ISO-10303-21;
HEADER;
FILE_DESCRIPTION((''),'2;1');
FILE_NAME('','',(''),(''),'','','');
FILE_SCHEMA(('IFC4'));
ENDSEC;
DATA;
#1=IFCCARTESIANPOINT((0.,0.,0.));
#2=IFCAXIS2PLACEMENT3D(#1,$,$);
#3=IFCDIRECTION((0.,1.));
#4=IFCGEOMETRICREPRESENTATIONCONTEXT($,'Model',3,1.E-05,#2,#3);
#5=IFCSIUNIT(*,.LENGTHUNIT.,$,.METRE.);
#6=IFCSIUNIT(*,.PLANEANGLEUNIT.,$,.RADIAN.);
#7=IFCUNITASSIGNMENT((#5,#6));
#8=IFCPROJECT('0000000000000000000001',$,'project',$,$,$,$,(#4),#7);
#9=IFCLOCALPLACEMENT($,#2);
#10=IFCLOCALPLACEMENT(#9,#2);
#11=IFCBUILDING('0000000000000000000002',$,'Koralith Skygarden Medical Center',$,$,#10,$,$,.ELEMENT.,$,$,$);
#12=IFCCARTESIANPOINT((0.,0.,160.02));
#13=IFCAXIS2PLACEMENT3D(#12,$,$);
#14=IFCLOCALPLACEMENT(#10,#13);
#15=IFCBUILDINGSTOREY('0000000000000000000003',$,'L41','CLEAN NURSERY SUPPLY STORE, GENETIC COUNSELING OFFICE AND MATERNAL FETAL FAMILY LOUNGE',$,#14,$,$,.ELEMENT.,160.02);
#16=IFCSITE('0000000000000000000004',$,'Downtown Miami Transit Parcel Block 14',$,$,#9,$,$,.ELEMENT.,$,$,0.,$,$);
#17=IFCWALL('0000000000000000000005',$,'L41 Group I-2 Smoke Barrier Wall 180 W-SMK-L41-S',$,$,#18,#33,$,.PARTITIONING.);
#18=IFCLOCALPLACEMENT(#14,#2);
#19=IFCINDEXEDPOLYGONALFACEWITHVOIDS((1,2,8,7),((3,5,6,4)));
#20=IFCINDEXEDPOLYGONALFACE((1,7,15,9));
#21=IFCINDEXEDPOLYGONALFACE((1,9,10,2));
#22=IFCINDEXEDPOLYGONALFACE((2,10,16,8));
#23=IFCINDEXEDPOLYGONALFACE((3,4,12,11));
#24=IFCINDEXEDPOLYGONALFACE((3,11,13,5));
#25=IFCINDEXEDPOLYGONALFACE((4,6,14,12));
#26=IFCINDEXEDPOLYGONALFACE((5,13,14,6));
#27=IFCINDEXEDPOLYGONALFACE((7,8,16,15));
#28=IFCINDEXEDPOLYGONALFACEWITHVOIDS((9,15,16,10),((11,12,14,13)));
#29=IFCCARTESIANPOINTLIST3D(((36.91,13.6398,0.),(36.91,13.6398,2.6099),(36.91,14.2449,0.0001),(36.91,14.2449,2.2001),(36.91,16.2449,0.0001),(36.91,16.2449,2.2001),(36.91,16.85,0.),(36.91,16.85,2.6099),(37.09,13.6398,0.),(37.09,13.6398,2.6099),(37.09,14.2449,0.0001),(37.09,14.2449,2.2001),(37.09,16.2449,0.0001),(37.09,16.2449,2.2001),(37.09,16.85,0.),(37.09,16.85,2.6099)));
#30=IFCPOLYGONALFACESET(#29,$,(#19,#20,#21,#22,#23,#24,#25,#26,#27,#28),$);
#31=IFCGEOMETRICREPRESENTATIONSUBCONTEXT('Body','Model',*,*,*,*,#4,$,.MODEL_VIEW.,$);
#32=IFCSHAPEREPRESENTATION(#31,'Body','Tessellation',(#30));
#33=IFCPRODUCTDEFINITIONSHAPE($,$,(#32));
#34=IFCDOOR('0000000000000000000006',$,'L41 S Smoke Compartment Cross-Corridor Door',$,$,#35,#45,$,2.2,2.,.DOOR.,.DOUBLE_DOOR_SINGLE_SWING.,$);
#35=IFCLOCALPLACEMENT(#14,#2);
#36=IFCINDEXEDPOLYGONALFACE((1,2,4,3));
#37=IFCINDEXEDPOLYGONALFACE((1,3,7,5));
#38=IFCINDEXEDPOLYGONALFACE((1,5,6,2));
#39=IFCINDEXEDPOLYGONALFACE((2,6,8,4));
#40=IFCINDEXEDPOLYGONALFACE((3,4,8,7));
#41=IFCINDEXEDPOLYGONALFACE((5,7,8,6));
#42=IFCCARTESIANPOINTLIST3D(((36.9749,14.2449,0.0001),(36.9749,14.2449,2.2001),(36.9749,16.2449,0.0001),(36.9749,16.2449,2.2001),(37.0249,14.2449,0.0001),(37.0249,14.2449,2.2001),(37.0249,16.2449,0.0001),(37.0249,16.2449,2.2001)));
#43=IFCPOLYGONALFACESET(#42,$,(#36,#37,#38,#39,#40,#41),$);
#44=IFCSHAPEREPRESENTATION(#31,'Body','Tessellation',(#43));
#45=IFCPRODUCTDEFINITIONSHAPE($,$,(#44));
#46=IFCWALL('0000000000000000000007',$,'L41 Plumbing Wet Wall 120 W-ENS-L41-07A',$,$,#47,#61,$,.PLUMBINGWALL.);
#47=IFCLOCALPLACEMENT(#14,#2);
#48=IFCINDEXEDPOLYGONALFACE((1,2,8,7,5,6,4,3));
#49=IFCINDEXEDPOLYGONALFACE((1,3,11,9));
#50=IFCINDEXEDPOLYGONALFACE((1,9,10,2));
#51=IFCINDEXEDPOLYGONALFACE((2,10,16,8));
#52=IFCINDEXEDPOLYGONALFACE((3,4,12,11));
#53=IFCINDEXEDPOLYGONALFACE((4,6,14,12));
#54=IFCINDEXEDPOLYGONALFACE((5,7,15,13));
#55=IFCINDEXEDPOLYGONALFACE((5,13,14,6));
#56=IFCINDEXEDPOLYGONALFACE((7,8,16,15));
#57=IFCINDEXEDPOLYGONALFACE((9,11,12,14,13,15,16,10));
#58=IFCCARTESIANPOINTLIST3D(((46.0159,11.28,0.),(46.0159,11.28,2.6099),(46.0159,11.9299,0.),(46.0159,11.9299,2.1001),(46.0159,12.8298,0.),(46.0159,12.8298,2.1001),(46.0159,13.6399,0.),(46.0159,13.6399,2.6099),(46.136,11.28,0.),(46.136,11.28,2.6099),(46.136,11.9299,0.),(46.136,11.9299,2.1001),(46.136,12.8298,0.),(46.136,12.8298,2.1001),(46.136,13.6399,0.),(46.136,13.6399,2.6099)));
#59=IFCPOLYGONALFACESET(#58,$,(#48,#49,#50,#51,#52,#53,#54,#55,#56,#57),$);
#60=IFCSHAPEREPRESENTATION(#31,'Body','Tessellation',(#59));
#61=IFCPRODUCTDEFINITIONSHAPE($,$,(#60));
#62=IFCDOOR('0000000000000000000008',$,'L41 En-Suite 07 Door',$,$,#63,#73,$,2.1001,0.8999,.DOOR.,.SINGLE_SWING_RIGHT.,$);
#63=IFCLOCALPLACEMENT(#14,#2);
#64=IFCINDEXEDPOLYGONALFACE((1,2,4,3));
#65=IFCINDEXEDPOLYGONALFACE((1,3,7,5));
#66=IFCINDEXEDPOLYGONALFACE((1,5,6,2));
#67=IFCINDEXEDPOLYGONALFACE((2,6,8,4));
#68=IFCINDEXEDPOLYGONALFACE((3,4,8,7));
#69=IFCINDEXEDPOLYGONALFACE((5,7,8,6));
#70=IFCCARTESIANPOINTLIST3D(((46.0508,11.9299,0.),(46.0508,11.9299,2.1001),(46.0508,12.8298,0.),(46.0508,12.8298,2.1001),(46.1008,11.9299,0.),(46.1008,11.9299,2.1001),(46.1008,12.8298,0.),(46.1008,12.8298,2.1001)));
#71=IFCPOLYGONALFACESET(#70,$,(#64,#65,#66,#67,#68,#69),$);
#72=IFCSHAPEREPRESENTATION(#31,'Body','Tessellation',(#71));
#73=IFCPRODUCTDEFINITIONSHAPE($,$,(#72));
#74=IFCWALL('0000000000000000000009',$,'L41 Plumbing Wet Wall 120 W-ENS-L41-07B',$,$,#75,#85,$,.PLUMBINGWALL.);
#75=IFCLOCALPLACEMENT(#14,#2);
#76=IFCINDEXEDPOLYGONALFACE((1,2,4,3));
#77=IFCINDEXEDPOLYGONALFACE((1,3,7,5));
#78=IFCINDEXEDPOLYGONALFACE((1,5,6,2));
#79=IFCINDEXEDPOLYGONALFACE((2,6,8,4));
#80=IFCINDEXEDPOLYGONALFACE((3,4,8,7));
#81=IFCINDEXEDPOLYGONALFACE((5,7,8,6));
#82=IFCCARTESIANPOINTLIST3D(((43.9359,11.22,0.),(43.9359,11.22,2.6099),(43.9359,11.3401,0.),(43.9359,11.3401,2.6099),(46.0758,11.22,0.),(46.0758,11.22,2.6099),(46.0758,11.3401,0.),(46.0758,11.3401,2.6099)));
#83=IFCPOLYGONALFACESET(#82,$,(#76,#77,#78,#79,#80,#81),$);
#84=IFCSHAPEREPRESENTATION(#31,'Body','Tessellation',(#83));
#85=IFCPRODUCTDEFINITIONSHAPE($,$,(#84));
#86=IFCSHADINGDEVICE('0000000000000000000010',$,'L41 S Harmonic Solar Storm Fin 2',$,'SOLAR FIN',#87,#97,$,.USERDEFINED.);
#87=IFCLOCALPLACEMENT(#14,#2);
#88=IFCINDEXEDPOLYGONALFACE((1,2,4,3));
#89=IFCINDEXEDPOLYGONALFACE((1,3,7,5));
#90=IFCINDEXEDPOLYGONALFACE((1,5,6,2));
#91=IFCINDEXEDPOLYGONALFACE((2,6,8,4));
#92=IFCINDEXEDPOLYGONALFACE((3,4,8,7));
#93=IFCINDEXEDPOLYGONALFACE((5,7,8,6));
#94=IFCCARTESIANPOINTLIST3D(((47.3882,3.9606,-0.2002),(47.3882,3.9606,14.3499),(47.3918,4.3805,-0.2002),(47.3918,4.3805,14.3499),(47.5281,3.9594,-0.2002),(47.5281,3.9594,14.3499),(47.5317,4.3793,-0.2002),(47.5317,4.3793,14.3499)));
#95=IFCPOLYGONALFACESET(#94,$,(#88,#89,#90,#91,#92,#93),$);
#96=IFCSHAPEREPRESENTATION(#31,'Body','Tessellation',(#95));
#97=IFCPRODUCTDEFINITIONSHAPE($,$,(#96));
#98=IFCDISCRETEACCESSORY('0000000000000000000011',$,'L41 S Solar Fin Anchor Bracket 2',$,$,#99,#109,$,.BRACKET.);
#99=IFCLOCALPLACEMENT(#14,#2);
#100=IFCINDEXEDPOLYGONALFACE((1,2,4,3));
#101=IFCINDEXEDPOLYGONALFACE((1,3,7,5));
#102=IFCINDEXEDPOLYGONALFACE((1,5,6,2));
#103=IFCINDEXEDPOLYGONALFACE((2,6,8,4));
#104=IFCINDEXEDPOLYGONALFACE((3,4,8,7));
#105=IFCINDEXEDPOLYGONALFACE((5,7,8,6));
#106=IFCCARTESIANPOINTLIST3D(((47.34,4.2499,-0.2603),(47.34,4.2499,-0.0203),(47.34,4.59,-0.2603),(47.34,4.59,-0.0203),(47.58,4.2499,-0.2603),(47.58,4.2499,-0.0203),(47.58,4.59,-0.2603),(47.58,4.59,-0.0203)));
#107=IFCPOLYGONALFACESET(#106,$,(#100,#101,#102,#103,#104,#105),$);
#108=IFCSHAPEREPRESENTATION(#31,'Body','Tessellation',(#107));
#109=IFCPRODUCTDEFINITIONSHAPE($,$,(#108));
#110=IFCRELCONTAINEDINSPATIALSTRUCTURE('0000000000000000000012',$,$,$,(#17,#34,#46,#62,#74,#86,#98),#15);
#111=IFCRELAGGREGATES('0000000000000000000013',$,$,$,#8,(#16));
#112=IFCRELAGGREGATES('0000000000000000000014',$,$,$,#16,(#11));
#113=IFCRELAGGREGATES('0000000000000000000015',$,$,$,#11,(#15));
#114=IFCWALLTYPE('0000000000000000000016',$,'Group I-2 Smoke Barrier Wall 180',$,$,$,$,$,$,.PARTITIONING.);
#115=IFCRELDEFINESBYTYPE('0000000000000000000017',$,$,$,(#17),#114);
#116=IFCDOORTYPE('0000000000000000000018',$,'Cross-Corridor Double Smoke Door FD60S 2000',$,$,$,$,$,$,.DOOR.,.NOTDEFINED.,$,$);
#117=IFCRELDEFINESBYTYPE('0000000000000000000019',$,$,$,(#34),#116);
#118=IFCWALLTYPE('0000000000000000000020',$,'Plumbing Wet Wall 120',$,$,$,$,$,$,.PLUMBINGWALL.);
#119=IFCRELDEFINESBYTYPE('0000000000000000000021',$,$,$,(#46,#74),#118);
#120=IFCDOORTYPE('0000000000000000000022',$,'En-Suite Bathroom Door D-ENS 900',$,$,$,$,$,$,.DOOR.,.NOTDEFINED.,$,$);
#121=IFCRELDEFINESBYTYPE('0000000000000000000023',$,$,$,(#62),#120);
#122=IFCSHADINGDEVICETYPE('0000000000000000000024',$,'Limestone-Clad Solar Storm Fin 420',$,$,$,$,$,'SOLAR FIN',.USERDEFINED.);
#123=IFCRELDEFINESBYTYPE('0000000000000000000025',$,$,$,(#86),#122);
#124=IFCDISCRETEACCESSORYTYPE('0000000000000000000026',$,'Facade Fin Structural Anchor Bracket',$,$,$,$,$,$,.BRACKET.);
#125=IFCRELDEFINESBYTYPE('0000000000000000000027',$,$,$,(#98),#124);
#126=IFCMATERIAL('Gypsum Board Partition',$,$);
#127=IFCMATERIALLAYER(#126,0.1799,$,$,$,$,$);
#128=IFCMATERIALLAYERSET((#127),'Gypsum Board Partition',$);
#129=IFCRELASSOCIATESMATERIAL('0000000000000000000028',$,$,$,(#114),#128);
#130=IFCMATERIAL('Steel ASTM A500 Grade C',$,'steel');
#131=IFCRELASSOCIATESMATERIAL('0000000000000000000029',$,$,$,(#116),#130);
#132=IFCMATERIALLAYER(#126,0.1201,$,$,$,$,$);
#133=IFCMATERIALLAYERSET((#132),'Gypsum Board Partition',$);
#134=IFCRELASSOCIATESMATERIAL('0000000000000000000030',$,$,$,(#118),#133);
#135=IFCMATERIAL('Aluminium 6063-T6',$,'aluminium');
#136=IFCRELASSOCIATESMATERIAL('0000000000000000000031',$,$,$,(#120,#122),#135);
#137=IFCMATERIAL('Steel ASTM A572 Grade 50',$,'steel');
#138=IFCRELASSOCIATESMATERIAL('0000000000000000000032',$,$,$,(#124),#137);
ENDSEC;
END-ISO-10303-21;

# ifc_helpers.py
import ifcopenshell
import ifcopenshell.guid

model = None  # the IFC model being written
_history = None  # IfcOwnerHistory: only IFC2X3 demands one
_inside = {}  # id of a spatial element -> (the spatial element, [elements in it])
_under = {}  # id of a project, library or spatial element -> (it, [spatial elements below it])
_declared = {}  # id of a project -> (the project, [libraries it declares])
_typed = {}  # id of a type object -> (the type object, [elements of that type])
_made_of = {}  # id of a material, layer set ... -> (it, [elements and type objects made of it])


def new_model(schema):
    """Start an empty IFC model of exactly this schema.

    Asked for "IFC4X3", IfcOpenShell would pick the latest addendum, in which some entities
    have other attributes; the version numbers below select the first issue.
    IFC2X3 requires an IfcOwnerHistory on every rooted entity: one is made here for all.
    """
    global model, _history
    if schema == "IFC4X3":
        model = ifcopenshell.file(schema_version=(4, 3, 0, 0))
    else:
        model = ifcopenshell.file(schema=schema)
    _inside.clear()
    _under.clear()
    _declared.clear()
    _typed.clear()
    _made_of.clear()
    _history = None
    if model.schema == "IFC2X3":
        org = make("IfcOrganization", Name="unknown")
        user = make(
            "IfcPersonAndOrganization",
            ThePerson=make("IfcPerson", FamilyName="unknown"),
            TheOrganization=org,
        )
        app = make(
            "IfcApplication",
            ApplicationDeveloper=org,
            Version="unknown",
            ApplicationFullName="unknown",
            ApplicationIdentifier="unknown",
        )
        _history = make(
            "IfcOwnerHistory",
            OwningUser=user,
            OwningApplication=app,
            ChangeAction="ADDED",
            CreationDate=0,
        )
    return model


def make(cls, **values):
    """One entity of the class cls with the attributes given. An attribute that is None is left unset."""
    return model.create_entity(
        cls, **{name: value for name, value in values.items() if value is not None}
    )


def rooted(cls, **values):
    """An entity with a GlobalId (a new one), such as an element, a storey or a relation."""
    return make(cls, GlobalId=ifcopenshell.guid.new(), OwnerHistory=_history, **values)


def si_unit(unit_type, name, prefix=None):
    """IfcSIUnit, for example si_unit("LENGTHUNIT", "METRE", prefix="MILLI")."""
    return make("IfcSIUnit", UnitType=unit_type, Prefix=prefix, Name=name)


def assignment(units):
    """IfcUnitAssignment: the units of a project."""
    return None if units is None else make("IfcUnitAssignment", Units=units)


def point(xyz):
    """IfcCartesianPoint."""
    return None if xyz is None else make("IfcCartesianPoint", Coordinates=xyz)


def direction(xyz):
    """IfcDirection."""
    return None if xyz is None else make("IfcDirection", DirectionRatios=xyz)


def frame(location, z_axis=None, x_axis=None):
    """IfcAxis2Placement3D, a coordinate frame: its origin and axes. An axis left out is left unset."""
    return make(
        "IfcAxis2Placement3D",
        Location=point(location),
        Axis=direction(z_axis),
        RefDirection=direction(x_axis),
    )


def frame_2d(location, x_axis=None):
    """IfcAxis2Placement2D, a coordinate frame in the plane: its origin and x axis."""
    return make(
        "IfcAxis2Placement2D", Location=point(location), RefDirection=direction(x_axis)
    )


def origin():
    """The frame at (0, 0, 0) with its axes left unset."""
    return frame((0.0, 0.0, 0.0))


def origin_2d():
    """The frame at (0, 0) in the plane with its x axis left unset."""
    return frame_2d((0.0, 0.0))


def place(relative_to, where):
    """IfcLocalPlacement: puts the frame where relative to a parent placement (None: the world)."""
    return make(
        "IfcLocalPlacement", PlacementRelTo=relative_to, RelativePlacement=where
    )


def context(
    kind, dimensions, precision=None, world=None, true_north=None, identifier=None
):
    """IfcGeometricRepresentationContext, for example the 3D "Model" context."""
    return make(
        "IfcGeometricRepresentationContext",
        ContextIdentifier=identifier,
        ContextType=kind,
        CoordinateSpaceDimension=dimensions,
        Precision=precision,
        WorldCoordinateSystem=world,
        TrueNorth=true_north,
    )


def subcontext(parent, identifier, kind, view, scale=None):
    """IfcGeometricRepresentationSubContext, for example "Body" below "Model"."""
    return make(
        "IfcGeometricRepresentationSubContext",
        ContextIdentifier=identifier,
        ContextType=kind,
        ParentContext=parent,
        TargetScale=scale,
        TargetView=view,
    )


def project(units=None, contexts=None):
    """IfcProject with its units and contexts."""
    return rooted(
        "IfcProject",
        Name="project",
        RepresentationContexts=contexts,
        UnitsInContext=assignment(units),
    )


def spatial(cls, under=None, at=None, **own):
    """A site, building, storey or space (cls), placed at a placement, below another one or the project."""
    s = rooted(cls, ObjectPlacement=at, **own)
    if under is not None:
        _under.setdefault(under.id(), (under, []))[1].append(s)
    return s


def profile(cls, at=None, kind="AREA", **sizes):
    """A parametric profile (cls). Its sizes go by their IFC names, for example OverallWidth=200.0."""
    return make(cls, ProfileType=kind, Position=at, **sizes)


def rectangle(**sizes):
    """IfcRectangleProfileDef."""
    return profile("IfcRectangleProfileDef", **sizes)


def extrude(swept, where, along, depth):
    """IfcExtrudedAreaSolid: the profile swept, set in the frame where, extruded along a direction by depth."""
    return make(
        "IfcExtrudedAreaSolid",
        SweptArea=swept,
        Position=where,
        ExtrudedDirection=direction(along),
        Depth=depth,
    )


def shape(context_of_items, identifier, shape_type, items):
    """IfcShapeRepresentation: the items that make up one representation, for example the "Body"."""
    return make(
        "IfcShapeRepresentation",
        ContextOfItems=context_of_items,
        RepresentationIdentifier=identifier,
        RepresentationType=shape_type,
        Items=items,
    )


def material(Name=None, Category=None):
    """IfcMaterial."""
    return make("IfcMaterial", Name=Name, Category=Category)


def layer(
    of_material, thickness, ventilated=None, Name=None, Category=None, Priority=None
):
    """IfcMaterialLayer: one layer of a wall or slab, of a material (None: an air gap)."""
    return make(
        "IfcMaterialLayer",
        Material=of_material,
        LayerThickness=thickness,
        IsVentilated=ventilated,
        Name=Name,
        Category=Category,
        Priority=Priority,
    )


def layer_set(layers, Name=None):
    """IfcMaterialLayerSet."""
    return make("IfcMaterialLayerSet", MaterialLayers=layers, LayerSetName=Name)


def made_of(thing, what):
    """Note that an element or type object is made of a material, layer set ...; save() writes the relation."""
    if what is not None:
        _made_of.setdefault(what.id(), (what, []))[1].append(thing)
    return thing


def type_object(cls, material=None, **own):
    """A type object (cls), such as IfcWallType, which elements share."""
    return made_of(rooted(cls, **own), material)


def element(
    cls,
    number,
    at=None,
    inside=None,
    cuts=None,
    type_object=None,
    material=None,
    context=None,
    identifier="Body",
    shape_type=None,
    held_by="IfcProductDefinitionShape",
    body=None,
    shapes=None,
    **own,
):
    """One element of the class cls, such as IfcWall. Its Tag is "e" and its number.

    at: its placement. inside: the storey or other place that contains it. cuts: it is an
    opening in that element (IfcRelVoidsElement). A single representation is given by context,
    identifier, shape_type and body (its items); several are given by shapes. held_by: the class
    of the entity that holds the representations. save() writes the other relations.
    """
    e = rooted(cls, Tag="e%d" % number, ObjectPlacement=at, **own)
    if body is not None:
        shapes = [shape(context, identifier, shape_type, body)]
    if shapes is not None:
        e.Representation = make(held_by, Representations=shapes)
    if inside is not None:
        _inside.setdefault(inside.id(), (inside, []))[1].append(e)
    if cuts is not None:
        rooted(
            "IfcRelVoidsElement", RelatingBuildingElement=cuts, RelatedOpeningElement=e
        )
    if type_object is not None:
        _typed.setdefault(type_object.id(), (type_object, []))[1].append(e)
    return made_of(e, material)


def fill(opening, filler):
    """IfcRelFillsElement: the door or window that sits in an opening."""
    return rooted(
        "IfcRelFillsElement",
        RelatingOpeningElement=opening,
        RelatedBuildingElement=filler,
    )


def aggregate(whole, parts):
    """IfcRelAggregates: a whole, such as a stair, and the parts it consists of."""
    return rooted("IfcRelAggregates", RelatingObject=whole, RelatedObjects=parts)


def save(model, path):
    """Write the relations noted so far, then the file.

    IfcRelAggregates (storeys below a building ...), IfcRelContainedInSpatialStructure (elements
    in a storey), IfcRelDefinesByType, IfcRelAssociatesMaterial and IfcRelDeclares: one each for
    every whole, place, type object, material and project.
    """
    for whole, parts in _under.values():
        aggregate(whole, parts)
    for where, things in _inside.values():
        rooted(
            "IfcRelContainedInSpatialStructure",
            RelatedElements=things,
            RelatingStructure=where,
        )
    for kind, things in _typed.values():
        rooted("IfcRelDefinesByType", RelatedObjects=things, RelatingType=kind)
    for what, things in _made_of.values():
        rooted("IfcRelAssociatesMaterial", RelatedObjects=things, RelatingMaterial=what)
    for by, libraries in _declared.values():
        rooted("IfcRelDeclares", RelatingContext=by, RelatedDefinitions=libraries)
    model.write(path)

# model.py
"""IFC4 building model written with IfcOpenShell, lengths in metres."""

from ifc_helpers import new_model, si_unit, direction, frame, frame_2d, origin, origin_2d, place, context, subcontext, project, spatial, rectangle, extrude, material, layer, layer_set, type_object, element, fill, save


model = new_model("IFC4")

# Units and contexts
model_context = context("Model", 3, precision=1e-05, world=origin(), true_north=direction((0.0, 1.0)))
body_context = subcontext(model_context, "Body", "Model", "MODEL_VIEW")
ifc_project = project(units=[si_unit("LENGTHUNIT", "METRE"), si_unit("PLANEANGLEUNIT", "RADIAN")], contexts=[model_context])

# Site, building, storey
site_placement = place(None, origin())
site = spatial("IfcSite", under=ifc_project, at=site_placement, Name="Downtown Miami Transit Parcel Block 14", CompositionType="ELEMENT", RefElevation=0.0)
building_placement = place(site_placement, origin())
building = spatial("IfcBuilding", under=site, at=building_placement, Name="Koralith Skygarden Medical Center", CompositionType="ELEMENT")
storey_placement = place(building_placement, frame((0.0, 0.0, 160.02)))
storey = spatial("IfcBuildingStorey", under=building, at=storey_placement, Name="L41", Description="CLEAN NURSERY SUPPLY STORE, GENETIC COUNSELING OFFICE AND MATERNAL FETAL FAMILY LOUNGE", CompositionType="ELEMENT", Elevation=160.02)

# Shared definitions
ifc_material_1 = material(Name="Aluminium 6063-T6", Category="aluminium")

# Shared definitions
ifc_material_2 = material(Name="Gypsum Board Partition")

# Walls, openings, doors
ifc_layer_1 = layer(ifc_material_2, 0.1799)
ifc_layer_set_1 = layer_set([ifc_layer_1], Name="Gypsum Board Partition")
wall_type_1 = type_object("IfcWallType", Name="Group I-2 Smoke Barrier Wall 180", PredefinedType="PARTITIONING", material=ifc_layer_set_1)
wall_1_placement = place(storey_placement, frame((37.0, 13.6399, 0.0), z_axis=(0.0, 0.0, 1.0), x_axis=(0.0, 1.0, 0.0)))
wall_1 = element("IfcWall", 1, at=wall_1_placement, inside=storey, type_object=wall_type_1, Name="L41 Group I-2 Smoke Barrier Wall 180 W-SMK-L41-S", PredefinedType="PARTITIONING", context=body_context, shape_type="SweptSolid", body=[
    extrude(rectangle(XDim=3.2102, YDim=0.1799, at=frame_2d((1.605, 0.0))), origin(), (0.0, 0.0, 1.0), 2.6099),
])
opening_1_placement = place(wall_1_placement, frame((0.605, 0.0, 0.0)))
opening_1 = element("IfcOpeningElement", 2, at=opening_1_placement, cuts=wall_1, PredefinedType="OPENING", context=body_context, shape_type="SweptSolid", body=[
    extrude(rectangle(XDim=2.0, YDim=2.2, at=frame_2d((1.0, 1.1001))), frame((0.0, 0.0999, 0.0), z_axis=(0.0, -1.0, 0.0), x_axis=(1.0, 0.0, 0.0)), (0.0, 0.0, 1.0), 0.2),
])
ifc_material_3 = material(Name="Steel ASTM A500 Grade C", Category="steel")
door_type_1 = type_object("IfcDoorType", Name="Cross-Corridor Double Smoke Door FD60S 2000", OperationType="NOTDEFINED", PredefinedType="DOOR", material=ifc_material_3)
door_1_placement = place(opening_1_placement, frame((2.0, 0.0, 0.0), z_axis=(0.0, 0.0, 1.0), x_axis=(-1.0, 0.0, 0.0)))
door_1 = element("IfcDoor", 3, at=door_1_placement, inside=storey, type_object=door_type_1, Name="L41 S Smoke Compartment Cross-Corridor Door", OperationType="DOUBLE_DOOR_SINGLE_SWING", OverallHeight=2.2, OverallWidth=2.0, PredefinedType="DOOR", context=body_context, shape_type="SweptSolid", body=[
    extrude(rectangle(XDim=2.0, YDim=2.2, at=frame_2d((1.0, 1.1001))), frame((0.0, 0.0249, 0.0), z_axis=(0.0, -1.0, 0.0), x_axis=(1.0, 0.0, 0.0)), (0.0, 0.0, 1.0), 0.05),
])
fill(opening_1, door_1)
ifc_layer_2 = layer(ifc_material_2, 0.1201)
ifc_layer_set_2 = layer_set([ifc_layer_2], Name="Gypsum Board Partition")
wall_type_2 = type_object("IfcWallType", Name="Plumbing Wet Wall 120", PredefinedType="PLUMBINGWALL", material=ifc_layer_set_2)
wall_2_placement = place(storey_placement, frame((46.0759, 11.28, 0.0), z_axis=(0.0, 0.0, 1.0), x_axis=(0.0, 1.0, 0.0)))
wall_2 = element("IfcWall", 4, at=wall_2_placement, inside=storey, type_object=wall_type_2, Name="L41 Plumbing Wet Wall 120 W-ENS-L41-07A", PredefinedType="PLUMBINGWALL", context=body_context, shape_type="SweptSolid", body=[
    extrude(rectangle(XDim=2.3599, YDim=0.1201, at=frame_2d((1.1799, 0.0))), origin(), (0.0, 0.0, 1.0), 2.6099),
])
opening_2_placement = place(wall_2_placement, frame((0.6499, 0.0, 0.0)))
opening_2 = element("IfcOpeningElement", 5, at=opening_2_placement, cuts=wall_2, PredefinedType="OPENING", context=body_context, shape_type="SweptSolid", body=[
    extrude(rectangle(XDim=0.8999, YDim=2.1001, at=frame_2d((0.45, 1.05))), frame((0.0, 0.0701, 0.0), z_axis=(0.0, -1.0, 0.0), x_axis=(1.0, 0.0, 0.0)), (0.0, 0.0, 1.0), 0.1401),
])
door_type_2 = type_object("IfcDoorType", Name="En-Suite Bathroom Door D-ENS 900", OperationType="NOTDEFINED", PredefinedType="DOOR", material=ifc_material_1)
door_2_placement = place(opening_2_placement, frame((0.8999, 0.0, 0.0), z_axis=(0.0, 0.0, 1.0), x_axis=(-1.0, 0.0, 0.0)))
door_2 = element("IfcDoor", 6, at=door_2_placement, inside=storey, type_object=door_type_2, Name="L41 En-Suite 07 Door", OperationType="SINGLE_SWING_RIGHT", OverallHeight=2.1001, OverallWidth=0.8999, PredefinedType="DOOR", context=body_context, shape_type="SweptSolid", body=[
    extrude(rectangle(XDim=0.8999, YDim=2.1001, at=frame_2d((0.45, 1.05))), frame((0.0, 0.0249, 0.0), z_axis=(0.0, -1.0, 0.0), x_axis=(1.0, 0.0, 0.0)), (0.0, 0.0, 1.0), 0.05),
])
fill(opening_2, door_2)

# Wall
wall_3_placement = place(storey_placement, frame((43.936, 11.28, 0.0), z_axis=(0.0, 0.0, 1.0), x_axis=(1.0, 0.0, 0.0)))
element("IfcWall", 7, at=wall_3_placement, inside=storey, type_object=wall_type_2, Name="L41 Plumbing Wet Wall 120 W-ENS-L41-07B", PredefinedType="PLUMBINGWALL", context=body_context, shape_type="SweptSolid", body=[
    extrude(rectangle(XDim=2.1399, YDim=0.1201, at=frame_2d((1.0698, 0.0))), origin(), (0.0, 0.0, 1.0), 2.6099),
])

# Shading device
shading_device_type = type_object("IfcShadingDeviceType", Name="Limestone-Clad Solar Storm Fin 420", ElementType="SOLAR FIN", PredefinedType="USERDEFINED", material=ifc_material_1)
shading_device_placement = place(storey_placement, frame((47.46, 4.1699, -0.2002), z_axis=(0.0, 0.0, 1.0), x_axis=(-0.00843, -0.999964, 0.0)))
element("IfcShadingDevice", 8, at=shading_device_placement, inside=storey, type_object=shading_device_type, Name="L41 S Harmonic Solar Storm Fin 2", ObjectType="SOLAR FIN", PredefinedType="USERDEFINED", context=body_context, shape_type="SweptSolid", body=[
    extrude(rectangle(XDim=0.4199, YDim=0.1399, at=origin_2d()), origin(), (0.0, 0.0, 1.0), 14.55),
])

# Discrete accessory
ifc_material_4 = material(Name="Steel ASTM A572 Grade 50", Category="steel")
discrete_accessory_type = type_object("IfcDiscreteAccessoryType", Name="Facade Fin Structural Anchor Bracket", PredefinedType="BRACKET", material=ifc_material_4)
discrete_accessory_placement = place(storey_placement, frame((47.46, 4.4199, -0.2603), z_axis=(0.0, 0.0, 1.0), x_axis=(0.0, -1.0, 0.0)))
element("IfcDiscreteAccessory", 9, at=discrete_accessory_placement, inside=storey, type_object=discrete_accessory_type, Name="L41 S Solar Fin Anchor Bracket 2", PredefinedType="BRACKET", context=body_context, shape_type="SweptSolid", body=[
    extrude(rectangle(XDim=0.3401, YDim=0.24, at=origin_2d()), origin(), (0.0, 0.0, 1.0), 0.24),
])

save(model, "model.ifc")
